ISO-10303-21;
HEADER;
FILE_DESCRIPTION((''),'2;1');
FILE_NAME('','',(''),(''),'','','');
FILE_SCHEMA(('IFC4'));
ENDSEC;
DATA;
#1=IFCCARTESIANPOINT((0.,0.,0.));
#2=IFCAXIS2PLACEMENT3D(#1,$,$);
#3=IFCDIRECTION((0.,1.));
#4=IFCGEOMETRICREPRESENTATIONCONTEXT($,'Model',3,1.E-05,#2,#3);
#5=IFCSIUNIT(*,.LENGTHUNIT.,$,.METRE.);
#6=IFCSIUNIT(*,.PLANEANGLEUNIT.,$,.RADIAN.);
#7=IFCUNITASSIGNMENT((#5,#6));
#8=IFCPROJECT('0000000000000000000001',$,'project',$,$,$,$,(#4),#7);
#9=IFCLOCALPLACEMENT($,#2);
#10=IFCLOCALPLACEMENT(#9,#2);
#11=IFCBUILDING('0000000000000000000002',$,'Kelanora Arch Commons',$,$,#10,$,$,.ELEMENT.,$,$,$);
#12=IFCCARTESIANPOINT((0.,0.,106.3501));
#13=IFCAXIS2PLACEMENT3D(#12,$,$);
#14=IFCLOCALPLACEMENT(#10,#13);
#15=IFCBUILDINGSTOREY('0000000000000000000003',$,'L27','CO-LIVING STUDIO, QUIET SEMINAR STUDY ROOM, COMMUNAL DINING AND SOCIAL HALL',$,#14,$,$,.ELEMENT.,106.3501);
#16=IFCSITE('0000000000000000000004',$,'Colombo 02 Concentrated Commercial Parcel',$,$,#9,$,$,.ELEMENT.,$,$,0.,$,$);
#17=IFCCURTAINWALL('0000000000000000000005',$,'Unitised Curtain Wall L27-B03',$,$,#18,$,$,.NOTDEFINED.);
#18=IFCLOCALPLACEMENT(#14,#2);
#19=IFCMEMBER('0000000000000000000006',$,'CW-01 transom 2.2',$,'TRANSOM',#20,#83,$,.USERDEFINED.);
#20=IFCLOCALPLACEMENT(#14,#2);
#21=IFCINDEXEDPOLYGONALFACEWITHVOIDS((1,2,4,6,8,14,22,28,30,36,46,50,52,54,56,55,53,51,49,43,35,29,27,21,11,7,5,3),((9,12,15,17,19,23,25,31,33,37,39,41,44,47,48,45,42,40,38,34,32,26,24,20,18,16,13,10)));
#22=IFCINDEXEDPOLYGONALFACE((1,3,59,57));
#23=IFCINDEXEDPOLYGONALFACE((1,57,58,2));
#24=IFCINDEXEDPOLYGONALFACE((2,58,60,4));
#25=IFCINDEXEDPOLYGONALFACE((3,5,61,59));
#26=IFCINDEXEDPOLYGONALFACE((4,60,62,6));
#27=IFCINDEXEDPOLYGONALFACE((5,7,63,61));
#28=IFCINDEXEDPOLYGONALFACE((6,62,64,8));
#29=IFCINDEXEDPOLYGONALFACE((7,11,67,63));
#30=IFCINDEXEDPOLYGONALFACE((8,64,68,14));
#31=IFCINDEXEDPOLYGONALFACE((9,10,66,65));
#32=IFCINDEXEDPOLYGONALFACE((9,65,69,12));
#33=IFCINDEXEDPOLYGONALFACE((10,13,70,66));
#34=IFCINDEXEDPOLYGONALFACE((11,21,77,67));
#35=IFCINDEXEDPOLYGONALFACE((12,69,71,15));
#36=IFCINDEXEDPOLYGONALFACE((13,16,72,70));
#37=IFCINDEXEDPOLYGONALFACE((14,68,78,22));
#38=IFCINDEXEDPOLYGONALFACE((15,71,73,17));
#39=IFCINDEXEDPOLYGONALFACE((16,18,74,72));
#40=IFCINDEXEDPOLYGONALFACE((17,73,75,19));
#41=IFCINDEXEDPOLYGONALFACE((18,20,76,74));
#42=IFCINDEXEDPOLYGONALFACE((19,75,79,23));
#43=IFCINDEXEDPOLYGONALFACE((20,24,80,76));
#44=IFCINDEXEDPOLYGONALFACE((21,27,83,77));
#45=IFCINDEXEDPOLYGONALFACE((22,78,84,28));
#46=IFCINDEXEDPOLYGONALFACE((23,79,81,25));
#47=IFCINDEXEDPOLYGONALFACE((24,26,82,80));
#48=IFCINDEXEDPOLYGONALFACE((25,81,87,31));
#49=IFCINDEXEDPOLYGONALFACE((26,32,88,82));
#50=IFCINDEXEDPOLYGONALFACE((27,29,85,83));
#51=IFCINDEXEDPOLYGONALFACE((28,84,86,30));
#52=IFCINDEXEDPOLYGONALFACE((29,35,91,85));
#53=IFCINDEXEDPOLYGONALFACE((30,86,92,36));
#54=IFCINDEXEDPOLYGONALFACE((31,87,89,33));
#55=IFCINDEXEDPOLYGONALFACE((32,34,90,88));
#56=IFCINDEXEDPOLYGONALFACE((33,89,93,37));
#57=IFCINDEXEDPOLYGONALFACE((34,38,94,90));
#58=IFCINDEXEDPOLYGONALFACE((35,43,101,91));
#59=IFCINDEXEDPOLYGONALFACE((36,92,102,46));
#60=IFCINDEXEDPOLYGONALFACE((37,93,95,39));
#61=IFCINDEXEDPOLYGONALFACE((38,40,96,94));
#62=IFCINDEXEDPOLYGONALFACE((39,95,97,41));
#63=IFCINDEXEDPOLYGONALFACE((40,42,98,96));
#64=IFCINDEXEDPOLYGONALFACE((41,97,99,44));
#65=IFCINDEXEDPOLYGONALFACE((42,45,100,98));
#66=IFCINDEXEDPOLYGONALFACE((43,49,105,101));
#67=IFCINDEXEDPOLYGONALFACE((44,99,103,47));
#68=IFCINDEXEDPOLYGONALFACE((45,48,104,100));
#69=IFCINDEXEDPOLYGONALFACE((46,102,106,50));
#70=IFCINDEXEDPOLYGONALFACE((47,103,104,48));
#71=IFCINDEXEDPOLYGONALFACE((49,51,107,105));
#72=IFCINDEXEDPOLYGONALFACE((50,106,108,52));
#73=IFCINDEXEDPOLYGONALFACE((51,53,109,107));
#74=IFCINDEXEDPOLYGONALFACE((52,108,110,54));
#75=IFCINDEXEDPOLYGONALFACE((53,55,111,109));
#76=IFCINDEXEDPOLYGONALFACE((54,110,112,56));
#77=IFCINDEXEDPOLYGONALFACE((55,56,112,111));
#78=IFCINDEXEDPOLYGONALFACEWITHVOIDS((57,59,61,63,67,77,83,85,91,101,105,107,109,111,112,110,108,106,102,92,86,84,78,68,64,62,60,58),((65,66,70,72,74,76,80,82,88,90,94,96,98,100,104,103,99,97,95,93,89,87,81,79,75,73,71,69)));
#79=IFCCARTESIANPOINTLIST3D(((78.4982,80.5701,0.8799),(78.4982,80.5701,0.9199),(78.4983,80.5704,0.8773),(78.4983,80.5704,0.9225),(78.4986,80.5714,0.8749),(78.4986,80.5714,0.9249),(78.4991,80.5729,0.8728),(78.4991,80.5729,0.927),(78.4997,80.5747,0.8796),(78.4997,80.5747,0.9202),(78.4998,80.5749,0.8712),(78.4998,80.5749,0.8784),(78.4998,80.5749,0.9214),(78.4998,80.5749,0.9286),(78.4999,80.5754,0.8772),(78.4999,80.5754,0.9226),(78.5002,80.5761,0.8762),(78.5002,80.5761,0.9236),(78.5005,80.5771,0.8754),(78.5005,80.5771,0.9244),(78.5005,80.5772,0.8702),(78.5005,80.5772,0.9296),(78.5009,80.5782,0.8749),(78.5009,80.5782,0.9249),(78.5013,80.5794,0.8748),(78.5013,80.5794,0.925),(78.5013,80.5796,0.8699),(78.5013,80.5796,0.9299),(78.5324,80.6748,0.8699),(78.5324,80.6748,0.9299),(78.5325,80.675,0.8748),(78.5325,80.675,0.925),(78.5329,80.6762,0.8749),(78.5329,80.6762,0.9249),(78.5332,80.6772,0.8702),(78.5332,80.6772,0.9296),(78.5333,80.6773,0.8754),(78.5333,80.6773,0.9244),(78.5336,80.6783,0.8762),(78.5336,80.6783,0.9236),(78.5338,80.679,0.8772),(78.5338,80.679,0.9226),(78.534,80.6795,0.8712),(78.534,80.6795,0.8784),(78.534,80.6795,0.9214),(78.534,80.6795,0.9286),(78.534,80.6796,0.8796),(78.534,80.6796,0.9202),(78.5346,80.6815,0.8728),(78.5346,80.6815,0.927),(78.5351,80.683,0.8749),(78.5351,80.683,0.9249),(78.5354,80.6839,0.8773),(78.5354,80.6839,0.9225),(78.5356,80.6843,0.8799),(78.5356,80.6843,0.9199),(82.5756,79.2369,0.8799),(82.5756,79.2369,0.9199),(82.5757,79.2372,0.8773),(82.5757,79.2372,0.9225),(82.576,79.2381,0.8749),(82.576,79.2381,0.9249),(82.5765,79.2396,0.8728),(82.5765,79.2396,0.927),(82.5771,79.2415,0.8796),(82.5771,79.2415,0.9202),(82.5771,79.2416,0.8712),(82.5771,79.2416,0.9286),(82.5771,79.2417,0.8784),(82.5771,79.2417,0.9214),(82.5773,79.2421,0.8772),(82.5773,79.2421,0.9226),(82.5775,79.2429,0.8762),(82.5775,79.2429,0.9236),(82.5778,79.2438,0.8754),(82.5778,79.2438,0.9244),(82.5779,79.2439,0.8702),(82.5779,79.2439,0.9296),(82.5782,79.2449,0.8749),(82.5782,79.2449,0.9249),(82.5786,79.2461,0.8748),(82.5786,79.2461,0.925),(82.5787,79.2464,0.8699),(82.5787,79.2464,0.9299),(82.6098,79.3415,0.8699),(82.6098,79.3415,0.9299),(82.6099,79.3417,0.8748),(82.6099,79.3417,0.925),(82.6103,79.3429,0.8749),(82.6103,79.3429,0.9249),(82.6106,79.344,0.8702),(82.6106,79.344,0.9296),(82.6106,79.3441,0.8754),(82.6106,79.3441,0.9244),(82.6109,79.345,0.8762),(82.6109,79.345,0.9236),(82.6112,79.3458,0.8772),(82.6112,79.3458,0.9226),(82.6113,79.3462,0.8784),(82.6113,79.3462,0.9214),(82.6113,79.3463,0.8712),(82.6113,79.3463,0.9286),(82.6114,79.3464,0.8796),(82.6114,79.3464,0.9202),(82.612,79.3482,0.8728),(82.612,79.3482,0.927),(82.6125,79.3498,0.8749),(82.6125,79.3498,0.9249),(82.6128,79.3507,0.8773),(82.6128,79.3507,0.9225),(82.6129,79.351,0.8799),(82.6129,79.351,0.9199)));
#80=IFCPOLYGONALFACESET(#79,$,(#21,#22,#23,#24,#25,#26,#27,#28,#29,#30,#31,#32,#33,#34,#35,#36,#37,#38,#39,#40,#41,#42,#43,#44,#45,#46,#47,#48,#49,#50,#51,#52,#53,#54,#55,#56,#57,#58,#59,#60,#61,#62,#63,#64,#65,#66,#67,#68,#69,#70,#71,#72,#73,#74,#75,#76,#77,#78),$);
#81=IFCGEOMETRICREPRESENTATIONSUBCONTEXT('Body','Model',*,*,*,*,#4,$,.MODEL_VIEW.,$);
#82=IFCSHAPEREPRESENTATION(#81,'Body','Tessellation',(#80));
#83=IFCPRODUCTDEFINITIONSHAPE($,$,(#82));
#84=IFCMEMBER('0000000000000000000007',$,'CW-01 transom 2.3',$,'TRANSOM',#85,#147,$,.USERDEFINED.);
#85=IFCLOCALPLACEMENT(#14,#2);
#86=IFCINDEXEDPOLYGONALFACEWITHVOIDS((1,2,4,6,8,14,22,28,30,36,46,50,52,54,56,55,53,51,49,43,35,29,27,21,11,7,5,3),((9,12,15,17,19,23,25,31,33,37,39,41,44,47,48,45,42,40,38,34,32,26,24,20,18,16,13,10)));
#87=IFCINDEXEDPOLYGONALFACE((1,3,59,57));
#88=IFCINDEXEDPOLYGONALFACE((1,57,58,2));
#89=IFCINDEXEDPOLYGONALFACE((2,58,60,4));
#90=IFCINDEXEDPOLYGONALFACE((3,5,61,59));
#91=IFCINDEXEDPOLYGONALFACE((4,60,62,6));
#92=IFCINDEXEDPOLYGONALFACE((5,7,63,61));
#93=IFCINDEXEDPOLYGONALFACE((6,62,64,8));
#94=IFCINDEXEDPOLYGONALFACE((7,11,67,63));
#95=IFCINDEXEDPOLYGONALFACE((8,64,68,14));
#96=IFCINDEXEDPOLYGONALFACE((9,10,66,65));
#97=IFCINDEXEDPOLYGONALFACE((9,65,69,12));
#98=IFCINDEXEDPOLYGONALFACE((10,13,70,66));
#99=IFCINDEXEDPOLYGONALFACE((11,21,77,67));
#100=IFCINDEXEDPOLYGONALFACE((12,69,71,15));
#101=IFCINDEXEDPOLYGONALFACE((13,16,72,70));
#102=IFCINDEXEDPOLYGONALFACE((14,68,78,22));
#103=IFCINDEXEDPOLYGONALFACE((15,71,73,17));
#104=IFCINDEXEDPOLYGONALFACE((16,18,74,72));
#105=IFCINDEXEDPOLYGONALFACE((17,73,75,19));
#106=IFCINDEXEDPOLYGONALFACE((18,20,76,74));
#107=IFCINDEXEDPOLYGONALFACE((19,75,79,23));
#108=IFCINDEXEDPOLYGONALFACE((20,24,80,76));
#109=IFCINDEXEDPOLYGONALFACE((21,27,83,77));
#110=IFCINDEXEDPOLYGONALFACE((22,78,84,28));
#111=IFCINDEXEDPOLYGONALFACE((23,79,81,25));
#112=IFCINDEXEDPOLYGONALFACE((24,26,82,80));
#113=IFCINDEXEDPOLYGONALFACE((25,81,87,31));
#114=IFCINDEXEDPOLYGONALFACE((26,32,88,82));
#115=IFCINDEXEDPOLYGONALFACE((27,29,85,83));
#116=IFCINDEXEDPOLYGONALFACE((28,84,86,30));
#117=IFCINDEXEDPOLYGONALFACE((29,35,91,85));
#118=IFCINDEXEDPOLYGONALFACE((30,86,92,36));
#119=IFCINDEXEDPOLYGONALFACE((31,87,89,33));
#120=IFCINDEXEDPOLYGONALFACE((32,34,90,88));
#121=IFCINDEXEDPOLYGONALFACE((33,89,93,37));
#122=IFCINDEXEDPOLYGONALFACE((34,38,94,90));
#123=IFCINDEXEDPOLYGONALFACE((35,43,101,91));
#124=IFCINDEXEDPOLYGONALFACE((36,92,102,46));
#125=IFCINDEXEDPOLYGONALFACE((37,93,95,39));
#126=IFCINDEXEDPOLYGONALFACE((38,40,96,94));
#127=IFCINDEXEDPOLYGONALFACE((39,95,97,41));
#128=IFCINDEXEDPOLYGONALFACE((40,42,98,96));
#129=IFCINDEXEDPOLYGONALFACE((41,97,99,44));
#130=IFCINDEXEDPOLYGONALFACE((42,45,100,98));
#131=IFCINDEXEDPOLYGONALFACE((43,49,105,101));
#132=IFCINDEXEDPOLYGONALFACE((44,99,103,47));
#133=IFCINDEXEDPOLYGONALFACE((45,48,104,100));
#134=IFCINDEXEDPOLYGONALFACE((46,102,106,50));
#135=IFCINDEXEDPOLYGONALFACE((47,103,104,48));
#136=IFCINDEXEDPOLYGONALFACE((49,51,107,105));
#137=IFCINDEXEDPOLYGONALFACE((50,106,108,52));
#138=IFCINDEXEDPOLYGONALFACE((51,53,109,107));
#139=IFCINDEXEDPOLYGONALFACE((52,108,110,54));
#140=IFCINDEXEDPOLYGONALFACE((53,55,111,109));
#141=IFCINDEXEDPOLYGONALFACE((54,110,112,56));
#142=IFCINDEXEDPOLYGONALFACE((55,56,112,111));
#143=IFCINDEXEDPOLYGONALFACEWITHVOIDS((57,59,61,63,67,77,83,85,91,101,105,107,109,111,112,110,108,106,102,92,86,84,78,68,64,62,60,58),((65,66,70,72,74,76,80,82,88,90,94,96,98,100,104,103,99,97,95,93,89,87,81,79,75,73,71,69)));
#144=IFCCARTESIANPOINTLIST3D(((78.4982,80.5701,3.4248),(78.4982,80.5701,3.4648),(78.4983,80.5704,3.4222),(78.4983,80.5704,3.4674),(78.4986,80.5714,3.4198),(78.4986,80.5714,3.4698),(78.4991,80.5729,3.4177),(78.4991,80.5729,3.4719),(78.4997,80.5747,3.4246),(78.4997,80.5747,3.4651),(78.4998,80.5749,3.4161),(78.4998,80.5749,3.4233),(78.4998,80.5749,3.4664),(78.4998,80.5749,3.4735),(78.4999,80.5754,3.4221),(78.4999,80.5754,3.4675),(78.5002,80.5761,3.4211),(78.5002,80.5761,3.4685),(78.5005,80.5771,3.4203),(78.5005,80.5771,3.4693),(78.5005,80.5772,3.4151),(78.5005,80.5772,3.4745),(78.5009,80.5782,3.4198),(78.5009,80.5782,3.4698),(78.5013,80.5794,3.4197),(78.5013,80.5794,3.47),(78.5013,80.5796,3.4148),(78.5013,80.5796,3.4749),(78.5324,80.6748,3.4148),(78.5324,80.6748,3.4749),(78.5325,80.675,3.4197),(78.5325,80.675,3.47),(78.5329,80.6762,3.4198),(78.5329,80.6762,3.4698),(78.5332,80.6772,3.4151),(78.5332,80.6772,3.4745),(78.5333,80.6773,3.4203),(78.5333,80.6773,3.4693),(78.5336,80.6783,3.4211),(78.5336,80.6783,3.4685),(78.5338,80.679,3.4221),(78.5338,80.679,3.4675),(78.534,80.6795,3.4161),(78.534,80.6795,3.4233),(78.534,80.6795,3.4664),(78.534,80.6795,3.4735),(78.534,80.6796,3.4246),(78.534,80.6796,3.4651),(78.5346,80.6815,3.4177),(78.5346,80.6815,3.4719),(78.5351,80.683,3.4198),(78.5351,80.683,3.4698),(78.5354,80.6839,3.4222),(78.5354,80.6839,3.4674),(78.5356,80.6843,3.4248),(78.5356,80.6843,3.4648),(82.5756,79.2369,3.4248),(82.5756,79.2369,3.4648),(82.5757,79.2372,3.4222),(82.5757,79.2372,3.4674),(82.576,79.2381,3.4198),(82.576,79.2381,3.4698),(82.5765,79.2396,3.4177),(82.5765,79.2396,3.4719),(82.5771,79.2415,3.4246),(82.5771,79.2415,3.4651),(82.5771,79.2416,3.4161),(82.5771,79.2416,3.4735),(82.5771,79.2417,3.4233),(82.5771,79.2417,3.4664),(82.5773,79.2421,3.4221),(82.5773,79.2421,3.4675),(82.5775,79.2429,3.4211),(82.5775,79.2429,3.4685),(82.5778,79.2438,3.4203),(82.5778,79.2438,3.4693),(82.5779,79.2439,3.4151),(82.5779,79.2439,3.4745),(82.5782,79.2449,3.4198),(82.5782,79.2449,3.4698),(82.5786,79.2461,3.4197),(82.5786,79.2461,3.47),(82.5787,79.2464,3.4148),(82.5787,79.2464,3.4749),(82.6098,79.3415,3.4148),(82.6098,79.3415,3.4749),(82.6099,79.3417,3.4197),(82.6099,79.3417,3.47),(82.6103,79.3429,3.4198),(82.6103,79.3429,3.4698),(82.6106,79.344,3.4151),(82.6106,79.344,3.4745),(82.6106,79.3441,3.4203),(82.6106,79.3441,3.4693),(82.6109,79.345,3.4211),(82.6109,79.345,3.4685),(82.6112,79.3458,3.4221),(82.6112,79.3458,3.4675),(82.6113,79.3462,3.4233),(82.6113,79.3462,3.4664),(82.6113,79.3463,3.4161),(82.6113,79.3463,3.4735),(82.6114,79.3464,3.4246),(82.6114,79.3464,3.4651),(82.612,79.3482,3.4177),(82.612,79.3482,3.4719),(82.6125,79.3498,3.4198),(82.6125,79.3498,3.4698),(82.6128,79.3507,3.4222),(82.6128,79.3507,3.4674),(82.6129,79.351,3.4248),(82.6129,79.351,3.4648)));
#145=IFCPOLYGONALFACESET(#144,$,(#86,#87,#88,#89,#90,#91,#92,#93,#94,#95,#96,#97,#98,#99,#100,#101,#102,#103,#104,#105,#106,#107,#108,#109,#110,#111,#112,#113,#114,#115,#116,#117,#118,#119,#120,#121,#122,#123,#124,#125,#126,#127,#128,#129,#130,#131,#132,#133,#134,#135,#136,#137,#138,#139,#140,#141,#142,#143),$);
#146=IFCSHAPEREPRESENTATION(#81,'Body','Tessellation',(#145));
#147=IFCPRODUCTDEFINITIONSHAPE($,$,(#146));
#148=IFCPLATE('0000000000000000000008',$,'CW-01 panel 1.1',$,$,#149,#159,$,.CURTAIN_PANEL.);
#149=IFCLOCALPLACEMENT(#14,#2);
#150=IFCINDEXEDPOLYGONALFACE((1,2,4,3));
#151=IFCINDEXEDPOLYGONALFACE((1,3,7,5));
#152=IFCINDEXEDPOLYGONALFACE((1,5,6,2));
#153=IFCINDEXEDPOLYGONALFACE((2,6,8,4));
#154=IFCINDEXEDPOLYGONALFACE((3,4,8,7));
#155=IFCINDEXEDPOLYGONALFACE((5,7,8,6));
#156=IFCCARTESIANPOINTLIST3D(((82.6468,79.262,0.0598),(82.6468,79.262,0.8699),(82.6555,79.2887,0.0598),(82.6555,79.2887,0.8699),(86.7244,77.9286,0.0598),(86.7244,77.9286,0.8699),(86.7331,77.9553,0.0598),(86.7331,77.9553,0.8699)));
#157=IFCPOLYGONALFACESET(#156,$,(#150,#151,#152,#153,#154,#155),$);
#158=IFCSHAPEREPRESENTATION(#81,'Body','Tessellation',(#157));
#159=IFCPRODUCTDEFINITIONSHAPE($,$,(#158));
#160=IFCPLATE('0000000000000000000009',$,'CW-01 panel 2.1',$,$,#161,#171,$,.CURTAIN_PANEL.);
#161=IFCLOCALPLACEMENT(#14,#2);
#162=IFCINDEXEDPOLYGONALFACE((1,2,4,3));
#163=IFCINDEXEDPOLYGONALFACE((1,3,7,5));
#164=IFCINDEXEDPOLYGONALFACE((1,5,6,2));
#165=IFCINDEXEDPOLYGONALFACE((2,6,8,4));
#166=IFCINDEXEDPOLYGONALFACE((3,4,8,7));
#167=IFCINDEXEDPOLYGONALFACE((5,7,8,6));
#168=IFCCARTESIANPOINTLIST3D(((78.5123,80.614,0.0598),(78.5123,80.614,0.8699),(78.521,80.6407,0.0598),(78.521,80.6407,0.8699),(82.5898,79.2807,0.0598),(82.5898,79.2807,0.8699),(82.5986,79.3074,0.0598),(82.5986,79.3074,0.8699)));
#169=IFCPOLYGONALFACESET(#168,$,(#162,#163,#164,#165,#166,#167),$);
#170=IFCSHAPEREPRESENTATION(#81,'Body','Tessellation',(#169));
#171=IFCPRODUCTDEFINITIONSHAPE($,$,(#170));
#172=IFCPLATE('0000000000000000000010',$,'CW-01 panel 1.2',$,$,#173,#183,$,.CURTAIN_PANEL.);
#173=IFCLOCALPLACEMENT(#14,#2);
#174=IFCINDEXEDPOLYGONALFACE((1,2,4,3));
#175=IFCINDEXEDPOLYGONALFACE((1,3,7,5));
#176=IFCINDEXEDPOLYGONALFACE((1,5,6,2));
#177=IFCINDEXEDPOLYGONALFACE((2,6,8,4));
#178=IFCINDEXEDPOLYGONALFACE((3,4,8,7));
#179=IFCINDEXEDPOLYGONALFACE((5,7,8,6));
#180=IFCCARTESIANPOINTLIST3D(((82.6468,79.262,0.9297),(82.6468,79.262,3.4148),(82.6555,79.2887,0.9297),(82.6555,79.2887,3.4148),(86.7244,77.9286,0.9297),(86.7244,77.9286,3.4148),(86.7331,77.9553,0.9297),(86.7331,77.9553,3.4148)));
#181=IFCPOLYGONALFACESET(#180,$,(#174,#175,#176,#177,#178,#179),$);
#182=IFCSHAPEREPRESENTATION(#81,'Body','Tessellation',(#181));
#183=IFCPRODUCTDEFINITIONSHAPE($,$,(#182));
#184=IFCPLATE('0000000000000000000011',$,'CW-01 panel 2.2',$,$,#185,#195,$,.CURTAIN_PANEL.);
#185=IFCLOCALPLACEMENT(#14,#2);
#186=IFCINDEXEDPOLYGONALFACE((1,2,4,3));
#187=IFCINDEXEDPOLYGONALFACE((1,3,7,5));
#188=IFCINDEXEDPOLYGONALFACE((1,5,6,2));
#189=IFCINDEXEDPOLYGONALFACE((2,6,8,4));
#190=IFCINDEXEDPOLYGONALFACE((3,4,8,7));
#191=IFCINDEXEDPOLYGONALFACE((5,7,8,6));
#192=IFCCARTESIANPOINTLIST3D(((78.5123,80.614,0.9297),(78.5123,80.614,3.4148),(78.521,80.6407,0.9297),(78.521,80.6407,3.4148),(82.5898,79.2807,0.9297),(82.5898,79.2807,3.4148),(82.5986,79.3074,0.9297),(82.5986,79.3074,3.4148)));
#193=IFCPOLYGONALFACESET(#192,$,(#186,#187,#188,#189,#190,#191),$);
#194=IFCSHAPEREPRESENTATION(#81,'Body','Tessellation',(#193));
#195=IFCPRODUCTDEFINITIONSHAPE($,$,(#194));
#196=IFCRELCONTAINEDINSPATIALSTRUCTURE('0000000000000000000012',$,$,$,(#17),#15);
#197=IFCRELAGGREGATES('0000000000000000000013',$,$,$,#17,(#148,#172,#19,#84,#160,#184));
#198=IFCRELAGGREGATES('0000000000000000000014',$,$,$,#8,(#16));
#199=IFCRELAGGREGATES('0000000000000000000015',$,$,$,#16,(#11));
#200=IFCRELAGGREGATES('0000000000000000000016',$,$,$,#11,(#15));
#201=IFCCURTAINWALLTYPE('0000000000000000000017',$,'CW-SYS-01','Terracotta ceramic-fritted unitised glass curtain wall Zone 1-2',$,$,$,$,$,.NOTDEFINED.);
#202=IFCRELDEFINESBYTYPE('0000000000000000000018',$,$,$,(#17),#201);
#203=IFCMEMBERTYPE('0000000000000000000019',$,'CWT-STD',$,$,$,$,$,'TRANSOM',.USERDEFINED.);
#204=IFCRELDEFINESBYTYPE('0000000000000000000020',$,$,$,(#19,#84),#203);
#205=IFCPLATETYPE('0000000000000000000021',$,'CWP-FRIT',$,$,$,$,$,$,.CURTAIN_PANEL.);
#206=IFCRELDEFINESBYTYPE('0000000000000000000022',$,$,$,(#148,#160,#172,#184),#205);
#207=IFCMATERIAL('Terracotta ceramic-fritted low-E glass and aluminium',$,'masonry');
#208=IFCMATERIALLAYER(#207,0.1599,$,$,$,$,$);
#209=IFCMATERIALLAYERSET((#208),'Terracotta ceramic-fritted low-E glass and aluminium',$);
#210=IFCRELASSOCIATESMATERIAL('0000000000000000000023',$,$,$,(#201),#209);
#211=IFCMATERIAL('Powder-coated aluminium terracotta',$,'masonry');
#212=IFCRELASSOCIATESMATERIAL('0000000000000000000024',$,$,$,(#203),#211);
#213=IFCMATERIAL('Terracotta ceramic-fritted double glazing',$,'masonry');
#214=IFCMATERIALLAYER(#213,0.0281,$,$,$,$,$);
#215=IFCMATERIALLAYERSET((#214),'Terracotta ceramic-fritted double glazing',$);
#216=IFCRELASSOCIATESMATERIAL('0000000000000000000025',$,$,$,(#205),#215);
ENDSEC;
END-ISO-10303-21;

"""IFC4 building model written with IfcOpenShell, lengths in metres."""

from ifc_helpers import new_model, si_unit, direction, frame, origin, origin_2d, place, context, subcontext, project, spatial, rectangle, hollow_rectangle, extrude, source, transform, mapped, material, layer, layer_set, material_profile, profile_set, type_object, element, aggregate, save


model = new_model("IFC4")

# Units and contexts
model_context = context("Model", 3, precision=1e-05, world=origin(), true_north=direction((0.0, 1.0)))
body_context = subcontext(model_context, "Body", "Model", "MODEL_VIEW")
ifc_project = project(units=[si_unit("LENGTHUNIT", "METRE"), si_unit("PLANEANGLEUNIT", "RADIAN")], contexts=[model_context])

# Site, building, storey
site_placement = place(None, origin())
site = spatial("IfcSite", under=ifc_project, at=site_placement, Name="Colombo 02 Concentrated Commercial Parcel", CompositionType="ELEMENT", RefElevation=0.0)
building_placement = place(site_placement, origin())
building = spatial("IfcBuilding", under=site, at=building_placement, Name="Kelanora Arch Commons", CompositionType="ELEMENT")
storey_placement = place(building_placement, frame((0.0, 0.0, 106.3501)))
storey = spatial("IfcBuildingStorey", under=building, at=storey_placement, Name="L27", Description="CO-LIVING STUDIO, QUIET SEMINAR STUDY ROOM, COMMUNAL DINING AND SOCIAL HALL", CompositionType="ELEMENT", Elevation=106.3501)

# Curtain wall, members, plates
ifc_material_1 = material(Name="Terracotta ceramic-fritted low-E glass and aluminium", Category="masonry")
ifc_layer_1 = layer(ifc_material_1, 0.1599)
ifc_layer_set_1 = layer_set([ifc_layer_1], Name="Terracotta ceramic-fritted low-E glass and aluminium")
curtain_wall_type = type_object("IfcCurtainWallType", Name="CW-SYS-01", Description="Terracotta ceramic-fritted unitised glass curtain wall Zone 1-2", PredefinedType="NOTDEFINED", material=ifc_layer_set_1)
curtain_wall_placement = place(storey_placement, origin())
curtain_wall = element("IfcCurtainWall", 1, at=curtain_wall_placement, inside=storey, type_object=curtain_wall_type, Name="Unitised Curtain Wall L27-B03", PredefinedType="NOTDEFINED")
ifc_material_2 = material(Name="Powder-coated aluminium terracotta", Category="masonry")
ifc_material_profile_1 = material_profile(ifc_material_2, hollow_rectangle(XDim=0.1201, YDim=0.0601, WallThickness=0.0049, InnerFilletRadius=0.0049, OuterFilletRadius=0.01, at=origin_2d()), Name="CWT120x60")
ifc_profile_set_1 = profile_set([ifc_material_profile_1], Name="Powder-coated aluminium terracotta")
member_type_1 = type_object("IfcMemberType", Name="CWT-STD", ElementType="TRANSOM", PredefinedType="USERDEFINED", material=ifc_profile_set_1)
member_1_placement = place(storey_placement, frame((82.5942, 79.2939, 0.8999), z_axis=(-0.950478, 0.310793, 0.0), x_axis=(-0.310793, -0.950478, 0.0)))
member_1 = element("IfcMember", 2, at=member_1_placement, type_object=member_type_1, Name="CW-01 transom 2.2", ObjectType="TRANSOM", PredefinedType="USERDEFINED", context=body_context, shape_type="SweptSolid", body=[
    extrude(hollow_rectangle(XDim=0.1201, YDim=0.0601, WallThickness=0.0049, InnerFilletRadius=0.0049, OuterFilletRadius=0.01, at=origin_2d()), origin(), (0.0, 0.0, 1.0), 4.2898),
])
member_2_placement = place(storey_placement, frame((82.5942, 79.2939, 3.4448), z_axis=(-0.950478, 0.310793, 0.0), x_axis=(-0.310793, -0.950478, 0.0)))
member_2 = element("IfcMember", 3, at=member_2_placement, type_object=member_type_1, Name="CW-01 transom 2.3", ObjectType="TRANSOM", PredefinedType="USERDEFINED", context=body_context, shape_type="SweptSolid", body=[
    extrude(hollow_rectangle(XDim=0.1201, YDim=0.0601, WallThickness=0.0049, InnerFilletRadius=0.0049, OuterFilletRadius=0.01, at=origin_2d()), origin(), (0.0, 0.0, 1.0), 4.2898),
])
ifc_material_3 = material(Name="Terracotta ceramic-fritted double glazing", Category="masonry")
ifc_layer_2 = layer(ifc_material_3, 0.0281)
ifc_layer_set_2 = layer_set([ifc_layer_2], Name="Terracotta ceramic-fritted double glazing")
plate_type = type_object("IfcPlateType", Name="CWP-FRIT", PredefinedType="CURTAIN_PANEL", material=ifc_layer_set_2)
shared_shape_1 = source(origin(), body_context, "Body", "SweptSolid", [
    extrude(rectangle(XDim=4.29, YDim=0.0281, at=origin_2d()), origin(), (0.0, 0.0, 1.0), 0.8101),
])
plate_1_placement = place(storey_placement, frame((84.6899, 78.6086, 0.0598), z_axis=(0.0, 0.0, 1.0), x_axis=(-0.950474, 0.310805, 0.0)))
plate_1 = element("IfcPlate", 4, at=plate_1_placement, type_object=plate_type, Name="CW-01 panel 1.1", PredefinedType="CURTAIN_PANEL", context=body_context, shape_type="MappedRepresentation", body=[
    mapped(shared_shape_1, transform((0.0, 0.0, 0.0), scale=1.0)),
])
plate_2_placement = place(storey_placement, frame((80.5554, 79.9607, 0.0598), z_axis=(0.0, 0.0, 1.0), x_axis=(-0.950474, 0.310805, 0.0)))
plate_2 = element("IfcPlate", 5, at=plate_2_placement, type_object=plate_type, Name="CW-01 panel 2.1", PredefinedType="CURTAIN_PANEL", context=body_context, shape_type="MappedRepresentation", body=[
    mapped(shared_shape_1, transform((0.0, 0.0, 0.0), scale=1.0)),
])
shared_shape_2 = source(origin(), body_context, "Body", "SweptSolid", [
    extrude(rectangle(XDim=4.29, YDim=0.0281, at=origin_2d()), origin(), (0.0, 0.0, 1.0), 2.4851),
])
plate_3_placement = place(storey_placement, frame((84.6899, 78.6086, 0.9297), z_axis=(0.0, 0.0, 1.0), x_axis=(-0.950474, 0.310805, 0.0)))
plate_3 = element("IfcPlate", 6, at=plate_3_placement, type_object=plate_type, Name="CW-01 panel 1.2", PredefinedType="CURTAIN_PANEL", context=body_context, shape_type="MappedRepresentation", body=[
    mapped(shared_shape_2, transform((0.0, 0.0, 0.0), scale=1.0)),
])
plate_4_placement = place(storey_placement, frame((80.5554, 79.9607, 0.9297), z_axis=(0.0, 0.0, 1.0), x_axis=(-0.950474, 0.310805, 0.0)))
plate_4 = element("IfcPlate", 7, at=plate_4_placement, type_object=plate_type, Name="CW-01 panel 2.2", PredefinedType="CURTAIN_PANEL", context=body_context, shape_type="MappedRepresentation", body=[
    mapped(shared_shape_2, transform((0.0, 0.0, 0.0), scale=1.0)),
])
aggregate(curtain_wall, [plate_1, plate_3, member_1, member_2, plate_2, plate_4])

save(model, "model.ifc")
